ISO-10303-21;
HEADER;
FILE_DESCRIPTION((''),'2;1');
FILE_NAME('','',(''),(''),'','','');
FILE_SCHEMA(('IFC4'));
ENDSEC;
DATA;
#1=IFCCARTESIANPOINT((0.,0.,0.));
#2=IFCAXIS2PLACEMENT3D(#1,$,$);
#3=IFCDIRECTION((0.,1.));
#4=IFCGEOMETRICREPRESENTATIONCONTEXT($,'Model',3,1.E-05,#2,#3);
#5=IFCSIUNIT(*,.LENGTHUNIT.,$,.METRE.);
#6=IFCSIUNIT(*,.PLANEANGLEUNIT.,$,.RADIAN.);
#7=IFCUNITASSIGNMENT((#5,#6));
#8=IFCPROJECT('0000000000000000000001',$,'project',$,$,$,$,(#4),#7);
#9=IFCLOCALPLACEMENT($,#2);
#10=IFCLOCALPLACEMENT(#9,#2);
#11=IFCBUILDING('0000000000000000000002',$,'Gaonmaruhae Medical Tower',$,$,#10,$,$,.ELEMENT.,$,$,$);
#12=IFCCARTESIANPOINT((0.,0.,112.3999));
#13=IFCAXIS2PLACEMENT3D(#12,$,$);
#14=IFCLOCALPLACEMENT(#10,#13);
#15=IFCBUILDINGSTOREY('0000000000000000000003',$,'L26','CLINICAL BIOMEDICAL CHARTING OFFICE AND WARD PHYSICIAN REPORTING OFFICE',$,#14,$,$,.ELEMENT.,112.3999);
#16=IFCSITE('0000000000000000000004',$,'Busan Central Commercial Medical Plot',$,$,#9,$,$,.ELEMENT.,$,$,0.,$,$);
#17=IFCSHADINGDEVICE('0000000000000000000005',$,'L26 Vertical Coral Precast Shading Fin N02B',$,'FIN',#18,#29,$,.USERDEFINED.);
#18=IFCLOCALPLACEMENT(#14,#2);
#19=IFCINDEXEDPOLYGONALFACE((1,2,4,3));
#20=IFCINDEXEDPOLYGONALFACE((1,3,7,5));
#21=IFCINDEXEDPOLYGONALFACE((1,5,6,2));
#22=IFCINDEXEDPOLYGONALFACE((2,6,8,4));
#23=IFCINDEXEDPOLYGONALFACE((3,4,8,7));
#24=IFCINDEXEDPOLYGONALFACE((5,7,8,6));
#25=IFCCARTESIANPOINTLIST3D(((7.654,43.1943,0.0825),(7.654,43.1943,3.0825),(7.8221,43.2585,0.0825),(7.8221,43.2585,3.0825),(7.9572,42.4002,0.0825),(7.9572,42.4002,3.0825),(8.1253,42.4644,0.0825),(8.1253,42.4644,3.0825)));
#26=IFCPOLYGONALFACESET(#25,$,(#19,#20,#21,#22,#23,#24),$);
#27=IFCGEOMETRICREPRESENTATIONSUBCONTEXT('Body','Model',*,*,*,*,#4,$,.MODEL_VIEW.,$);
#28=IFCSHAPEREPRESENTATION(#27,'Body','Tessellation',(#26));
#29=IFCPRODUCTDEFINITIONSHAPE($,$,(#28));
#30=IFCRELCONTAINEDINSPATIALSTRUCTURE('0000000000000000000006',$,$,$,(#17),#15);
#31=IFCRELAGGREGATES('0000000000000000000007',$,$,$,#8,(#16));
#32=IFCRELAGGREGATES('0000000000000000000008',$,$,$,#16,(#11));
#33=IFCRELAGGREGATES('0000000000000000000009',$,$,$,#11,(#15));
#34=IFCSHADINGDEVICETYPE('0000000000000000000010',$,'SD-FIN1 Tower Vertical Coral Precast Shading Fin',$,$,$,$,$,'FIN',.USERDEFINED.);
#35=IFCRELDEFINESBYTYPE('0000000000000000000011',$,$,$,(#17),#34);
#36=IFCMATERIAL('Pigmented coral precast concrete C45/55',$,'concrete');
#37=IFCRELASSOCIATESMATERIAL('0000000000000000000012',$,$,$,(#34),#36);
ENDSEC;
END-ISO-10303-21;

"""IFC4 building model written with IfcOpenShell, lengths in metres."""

from ifc_helpers import new_model, si_unit, direction, frame, origin, origin_2d, place, context, subcontext, project, spatial, rectangle, extrude, material, type_object, element, save


model = new_model("IFC4")

# Units and contexts
model_context = context("Model", 3, precision=1e-05, world=origin(), true_north=direction((0.0, 1.0)))
body_context = subcontext(model_context, "Body", "Model", "MODEL_VIEW")
ifc_project = project(units=[si_unit("LENGTHUNIT", "METRE"), si_unit("PLANEANGLEUNIT", "RADIAN")], contexts=[model_context])

# Site, building, storey
site_placement = place(None, origin())
site = spatial("IfcSite", under=ifc_project, at=site_placement, Name="Busan Central Commercial Medical Plot", CompositionType="ELEMENT", RefElevation=0.0)
building_placement = place(site_placement, origin())
building = spatial("IfcBuilding", under=site, at=building_placement, Name="Gaonmaruhae Medical Tower", CompositionType="ELEMENT")
storey_placement = place(building_placement, frame((0.0, 0.0, 112.3999)))
storey = spatial("IfcBuildingStorey", under=building, at=storey_placement, Name="L26", Description="CLINICAL BIOMEDICAL CHARTING OFFICE AND WARD PHYSICIAN REPORTING OFFICE", CompositionType="ELEMENT", Elevation=112.3999)

# Shading device
ifc_material_1 = material(Name="Pigmented coral precast concrete C45/55", Category="concrete")
shading_device_type = type_object("IfcShadingDeviceType", Name="SD-FIN1 Tower Vertical Coral Precast Shading Fin", ElementType="FIN", PredefinedType="USERDEFINED", material=ifc_material_1)
for number, where, z_axis, x_axis, name in (
    (1, (7.8896, 42.8293, 0.0825), (0.0, 0.0, 1.0), (0.934204, 0.356738, 0.0), "L26 Vertical Coral Precast Shading Fin N02B"),
):
    element("IfcShadingDevice", number, at=place(storey_placement, frame(where, z_axis=z_axis, x_axis=x_axis)), inside=storey, type_object=shading_device_type, Name=name, ObjectType="FIN", PredefinedType="USERDEFINED", context=body_context, shape_type="SweptSolid", body=[
        extrude(rectangle(XDim=0.1799, YDim=0.8501, at=origin_2d()), origin(), (0.0, 0.0, 1.0), 3.0),
    ])

save(model, "model.ifc")
